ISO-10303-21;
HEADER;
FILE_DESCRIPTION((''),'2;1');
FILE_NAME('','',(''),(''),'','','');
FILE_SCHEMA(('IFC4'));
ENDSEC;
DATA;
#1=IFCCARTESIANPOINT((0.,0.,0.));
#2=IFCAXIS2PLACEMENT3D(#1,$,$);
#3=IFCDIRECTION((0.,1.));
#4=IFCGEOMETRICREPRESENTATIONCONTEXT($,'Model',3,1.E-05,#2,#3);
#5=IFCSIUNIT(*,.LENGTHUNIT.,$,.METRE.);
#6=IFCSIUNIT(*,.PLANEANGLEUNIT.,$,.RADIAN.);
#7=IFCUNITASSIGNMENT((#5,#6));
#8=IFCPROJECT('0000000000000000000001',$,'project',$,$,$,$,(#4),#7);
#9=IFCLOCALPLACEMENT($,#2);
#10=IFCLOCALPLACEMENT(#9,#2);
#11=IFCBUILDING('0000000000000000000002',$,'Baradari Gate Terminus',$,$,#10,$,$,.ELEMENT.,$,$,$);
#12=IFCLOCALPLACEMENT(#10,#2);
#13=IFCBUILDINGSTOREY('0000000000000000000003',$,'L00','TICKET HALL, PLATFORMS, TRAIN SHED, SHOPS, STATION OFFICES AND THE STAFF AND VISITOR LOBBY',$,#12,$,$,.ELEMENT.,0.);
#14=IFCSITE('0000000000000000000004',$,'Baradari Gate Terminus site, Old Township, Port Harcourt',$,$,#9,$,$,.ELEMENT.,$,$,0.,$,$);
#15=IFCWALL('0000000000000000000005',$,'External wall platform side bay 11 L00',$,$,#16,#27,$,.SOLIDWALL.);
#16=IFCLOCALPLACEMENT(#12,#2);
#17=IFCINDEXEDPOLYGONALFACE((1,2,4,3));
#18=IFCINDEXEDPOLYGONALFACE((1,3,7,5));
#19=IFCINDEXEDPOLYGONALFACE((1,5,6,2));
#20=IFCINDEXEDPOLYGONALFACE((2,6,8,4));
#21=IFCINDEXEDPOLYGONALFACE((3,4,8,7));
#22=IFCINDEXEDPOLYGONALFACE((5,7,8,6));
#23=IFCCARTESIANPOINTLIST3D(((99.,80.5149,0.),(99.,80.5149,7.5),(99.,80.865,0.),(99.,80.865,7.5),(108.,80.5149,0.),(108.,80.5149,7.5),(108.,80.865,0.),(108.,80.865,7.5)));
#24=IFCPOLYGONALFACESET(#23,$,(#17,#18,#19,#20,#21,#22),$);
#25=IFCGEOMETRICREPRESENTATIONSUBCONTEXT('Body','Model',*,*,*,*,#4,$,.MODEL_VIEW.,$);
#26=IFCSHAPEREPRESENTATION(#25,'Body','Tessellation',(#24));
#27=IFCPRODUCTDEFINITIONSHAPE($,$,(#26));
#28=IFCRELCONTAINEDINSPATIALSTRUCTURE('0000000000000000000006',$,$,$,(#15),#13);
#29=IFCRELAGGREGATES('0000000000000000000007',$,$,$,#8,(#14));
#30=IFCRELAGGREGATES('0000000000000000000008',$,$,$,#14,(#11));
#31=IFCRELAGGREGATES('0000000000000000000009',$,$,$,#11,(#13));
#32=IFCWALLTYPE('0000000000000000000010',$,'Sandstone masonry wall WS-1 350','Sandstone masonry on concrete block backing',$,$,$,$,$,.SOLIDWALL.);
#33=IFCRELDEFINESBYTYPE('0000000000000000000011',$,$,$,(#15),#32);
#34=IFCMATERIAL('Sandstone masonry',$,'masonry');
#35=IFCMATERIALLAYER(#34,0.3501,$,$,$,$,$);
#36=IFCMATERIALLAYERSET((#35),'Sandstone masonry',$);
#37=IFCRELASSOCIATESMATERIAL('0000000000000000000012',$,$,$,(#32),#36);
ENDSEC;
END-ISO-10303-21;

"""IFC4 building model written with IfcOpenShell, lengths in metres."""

from ifc_helpers import new_model, si_unit, direction, frame, frame_2d, origin, place, context, subcontext, project, spatial, rectangle, extrude, material, layer, layer_set, type_object, element, save


model = new_model("IFC4")

# Units and contexts
model_context = context("Model", 3, precision=1e-05, world=origin(), true_north=direction((0.0, 1.0)))
body_context = subcontext(model_context, "Body", "Model", "MODEL_VIEW")
ifc_project = project(units=[si_unit("LENGTHUNIT", "METRE"), si_unit("PLANEANGLEUNIT", "RADIAN")], contexts=[model_context])

# Site, building, storey
site_placement = place(None, origin())
site = spatial("IfcSite", under=ifc_project, at=site_placement, Name="Baradari Gate Terminus site, Old Township, Port Harcourt", CompositionType="ELEMENT", RefElevation=0.0)
building_placement = place(site_placement, origin())
building = spatial("IfcBuilding", under=site, at=building_placement, Name="Baradari Gate Terminus", CompositionType="ELEMENT")
storey_placement = place(building_placement, origin())
storey = spatial("IfcBuildingStorey", under=building, at=storey_placement, Name="L00", Description="TICKET HALL, PLATFORMS, TRAIN SHED, SHOPS, STATION OFFICES AND THE STAFF AND VISITOR LOBBY", CompositionType="ELEMENT", Elevation=0.0)

# Shared definitions
ifc_material_1 = material(Name="Sandstone masonry", Category="masonry")
ifc_layer_1 = layer(ifc_material_1, 0.3501)
ifc_layer_set_1 = layer_set([ifc_layer_1], Name="Sandstone masonry")
wall_type_1 = type_object("IfcWallType", Name="Sandstone masonry wall WS-1 350", Description="Sandstone masonry on concrete block backing", PredefinedType="SOLIDWALL", material=ifc_layer_set_1)

# Wall
wall_1_placement = place(storey_placement, frame((99.0, 80.6899, 0.0), z_axis=(0.0, 0.0, 1.0), x_axis=(1.0, 0.0, 0.0)))
element("IfcWall", 1, at=wall_1_placement, inside=storey, type_object=wall_type_1, Name="External wall platform side bay 11 L00", PredefinedType="SOLIDWALL", context=body_context, shape_type="SweptSolid", body=[
    extrude(rectangle(XDim=9.0, YDim=0.3501, at=frame_2d((4.5, 0.0))), origin(), (0.0, 0.0, 1.0), 7.5),
])

save(model, "model.ifc")
